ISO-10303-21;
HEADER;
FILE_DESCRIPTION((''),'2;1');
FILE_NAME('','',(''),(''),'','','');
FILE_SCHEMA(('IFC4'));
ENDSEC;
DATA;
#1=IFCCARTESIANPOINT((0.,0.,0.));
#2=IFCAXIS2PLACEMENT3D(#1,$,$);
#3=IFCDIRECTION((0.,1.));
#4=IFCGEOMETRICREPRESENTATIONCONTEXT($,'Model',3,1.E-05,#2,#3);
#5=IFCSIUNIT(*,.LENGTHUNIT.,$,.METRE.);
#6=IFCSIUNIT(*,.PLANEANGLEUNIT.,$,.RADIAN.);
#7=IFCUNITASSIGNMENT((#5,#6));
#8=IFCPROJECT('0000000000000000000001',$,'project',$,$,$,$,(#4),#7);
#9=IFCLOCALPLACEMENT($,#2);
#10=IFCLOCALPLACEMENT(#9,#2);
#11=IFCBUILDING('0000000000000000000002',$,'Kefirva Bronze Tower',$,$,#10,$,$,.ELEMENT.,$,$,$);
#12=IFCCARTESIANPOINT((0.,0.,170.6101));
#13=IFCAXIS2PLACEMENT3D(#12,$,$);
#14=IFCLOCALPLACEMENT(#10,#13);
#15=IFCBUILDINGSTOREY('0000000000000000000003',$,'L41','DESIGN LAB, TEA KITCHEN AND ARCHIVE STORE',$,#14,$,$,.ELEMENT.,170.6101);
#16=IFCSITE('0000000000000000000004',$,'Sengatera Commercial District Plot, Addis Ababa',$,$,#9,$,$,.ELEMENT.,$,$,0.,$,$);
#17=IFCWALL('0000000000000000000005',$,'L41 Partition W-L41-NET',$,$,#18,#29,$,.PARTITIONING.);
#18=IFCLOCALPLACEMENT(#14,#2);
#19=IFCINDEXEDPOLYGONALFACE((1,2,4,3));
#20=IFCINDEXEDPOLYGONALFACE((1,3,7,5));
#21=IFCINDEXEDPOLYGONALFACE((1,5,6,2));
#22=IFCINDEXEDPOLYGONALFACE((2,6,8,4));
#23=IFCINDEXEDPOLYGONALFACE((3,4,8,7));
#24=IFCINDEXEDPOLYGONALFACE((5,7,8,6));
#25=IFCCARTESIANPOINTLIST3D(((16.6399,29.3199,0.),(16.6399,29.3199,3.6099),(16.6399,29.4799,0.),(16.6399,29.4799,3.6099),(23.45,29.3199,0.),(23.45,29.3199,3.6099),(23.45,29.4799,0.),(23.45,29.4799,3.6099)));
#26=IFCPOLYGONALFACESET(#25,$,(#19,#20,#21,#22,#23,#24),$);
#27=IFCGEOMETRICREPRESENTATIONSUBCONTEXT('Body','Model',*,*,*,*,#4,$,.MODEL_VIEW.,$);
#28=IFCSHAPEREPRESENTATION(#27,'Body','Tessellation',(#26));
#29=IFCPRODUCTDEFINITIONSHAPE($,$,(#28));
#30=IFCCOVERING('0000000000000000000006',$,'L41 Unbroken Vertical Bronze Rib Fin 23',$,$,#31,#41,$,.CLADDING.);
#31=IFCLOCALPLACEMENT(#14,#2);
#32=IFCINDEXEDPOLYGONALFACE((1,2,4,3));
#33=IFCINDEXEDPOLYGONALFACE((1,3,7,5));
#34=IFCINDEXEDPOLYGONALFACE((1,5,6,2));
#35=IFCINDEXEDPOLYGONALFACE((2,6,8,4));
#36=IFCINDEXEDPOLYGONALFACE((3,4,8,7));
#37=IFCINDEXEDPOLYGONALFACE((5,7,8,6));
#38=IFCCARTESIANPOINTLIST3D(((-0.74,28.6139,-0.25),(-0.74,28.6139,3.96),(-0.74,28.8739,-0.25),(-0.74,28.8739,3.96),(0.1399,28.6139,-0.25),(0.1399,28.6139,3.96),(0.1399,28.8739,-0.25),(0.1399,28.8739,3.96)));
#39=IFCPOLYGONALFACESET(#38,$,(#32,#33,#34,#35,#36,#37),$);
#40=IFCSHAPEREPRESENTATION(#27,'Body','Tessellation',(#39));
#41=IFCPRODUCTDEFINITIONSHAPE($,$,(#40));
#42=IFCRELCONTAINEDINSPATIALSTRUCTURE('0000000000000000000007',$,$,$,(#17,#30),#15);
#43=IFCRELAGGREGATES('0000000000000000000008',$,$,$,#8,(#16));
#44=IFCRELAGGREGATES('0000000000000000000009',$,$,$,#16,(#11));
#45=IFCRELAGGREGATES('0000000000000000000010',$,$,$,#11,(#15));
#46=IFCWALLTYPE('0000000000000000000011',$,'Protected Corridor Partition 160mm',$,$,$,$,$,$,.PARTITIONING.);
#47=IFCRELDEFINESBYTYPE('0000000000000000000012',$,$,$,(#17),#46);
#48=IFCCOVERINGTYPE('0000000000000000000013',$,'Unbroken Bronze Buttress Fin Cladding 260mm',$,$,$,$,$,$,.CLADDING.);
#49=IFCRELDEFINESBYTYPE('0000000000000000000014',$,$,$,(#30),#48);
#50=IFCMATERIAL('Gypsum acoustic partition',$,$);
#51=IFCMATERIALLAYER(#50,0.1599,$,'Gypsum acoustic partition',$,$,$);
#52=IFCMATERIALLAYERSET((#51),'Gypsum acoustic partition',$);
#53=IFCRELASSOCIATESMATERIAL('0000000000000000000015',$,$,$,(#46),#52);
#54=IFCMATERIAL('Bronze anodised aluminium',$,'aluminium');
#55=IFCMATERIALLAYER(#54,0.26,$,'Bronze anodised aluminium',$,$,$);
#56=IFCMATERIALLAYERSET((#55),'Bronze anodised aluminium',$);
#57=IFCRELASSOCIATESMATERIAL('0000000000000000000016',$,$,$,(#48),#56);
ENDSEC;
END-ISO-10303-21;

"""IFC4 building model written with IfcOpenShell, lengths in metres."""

from ifc_helpers import new_model, si_unit, direction, frame, frame_2d, origin, origin_2d, place, context, subcontext, project, spatial, rectangle, extrude, material, layer, layer_set, type_object, element, save


model = new_model("IFC4")

# Units and contexts
model_context = context("Model", 3, precision=1e-05, world=origin(), true_north=direction((0.0, 1.0)))
body_context = subcontext(model_context, "Body", "Model", "MODEL_VIEW")
ifc_project = project(units=[si_unit("LENGTHUNIT", "METRE"), si_unit("PLANEANGLEUNIT", "RADIAN")], contexts=[model_context])

# Site, building, storey
site_placement = place(None, origin())
site = spatial("IfcSite", under=ifc_project, at=site_placement, Name="Sengatera Commercial District Plot, Addis Ababa", CompositionType="ELEMENT", RefElevation=0.0)
building_placement = place(site_placement, origin())
building = spatial("IfcBuilding", under=site, at=building_placement, Name="Kefirva Bronze Tower", CompositionType="ELEMENT")
storey_placement = place(building_placement, frame((0.0, 0.0, 170.6101)))
storey = spatial("IfcBuildingStorey", under=building, at=storey_placement, Name="L41", Description="DESIGN LAB, TEA KITCHEN AND ARCHIVE STORE", CompositionType="ELEMENT", Elevation=170.6101)

# Shared definitions
ifc_material_1 = material(Name="Bronze anodised aluminium", Category="aluminium")

# Wall
ifc_material_2 = material(Name="Gypsum acoustic partition")
ifc_layer_1 = layer(ifc_material_2, 0.1599, Name="Gypsum acoustic partition")
ifc_layer_set_1 = layer_set([ifc_layer_1], Name="Gypsum acoustic partition")
wall_type_1 = type_object("IfcWallType", Name="Protected Corridor Partition 160mm", PredefinedType="PARTITIONING", material=ifc_layer_set_1)
wall_1_placement = place(storey_placement, frame((16.6399, 29.3999, 0.0), z_axis=(0.0, 0.0, 1.0), x_axis=(1.0, 0.0, 0.0)))
element("IfcWall", 1, at=wall_1_placement, inside=storey, type_object=wall_type_1, Name="L41 Partition W-L41-NET", PredefinedType="PARTITIONING", context=body_context, shape_type="SweptSolid", body=[
    extrude(rectangle(XDim=6.8101, YDim=0.1599, at=frame_2d((3.405, 0.0))), origin(), (0.0, 0.0, 1.0), 3.6099),
])

# Covering
ifc_layer_2 = layer(ifc_material_1, 0.26, Name="Bronze anodised aluminium")
ifc_layer_set_2 = layer_set([ifc_layer_2], Name="Bronze anodised aluminium")
covering_type = type_object("IfcCoveringType", Name="Unbroken Bronze Buttress Fin Cladding 260mm", PredefinedType="CLADDING", material=ifc_layer_set_2)
covering_placement = place(storey_placement, frame((-0.3, 28.7439, -0.25), z_axis=(0.0, 0.0, 1.0), x_axis=(0.0, -1.0, 0.0)))
element("IfcCovering", 2, at=covering_placement, inside=storey, type_object=covering_type, Name="L41 Unbroken Vertical Bronze Rib Fin 23", PredefinedType="CLADDING", context=body_context, shape_type="SweptSolid", body=[
    extrude(rectangle(XDim=0.26, YDim=0.8799, at=origin_2d()), origin(), (0.0, 0.0, 1.0), 4.21),
])

save(model, "model.ifc")
